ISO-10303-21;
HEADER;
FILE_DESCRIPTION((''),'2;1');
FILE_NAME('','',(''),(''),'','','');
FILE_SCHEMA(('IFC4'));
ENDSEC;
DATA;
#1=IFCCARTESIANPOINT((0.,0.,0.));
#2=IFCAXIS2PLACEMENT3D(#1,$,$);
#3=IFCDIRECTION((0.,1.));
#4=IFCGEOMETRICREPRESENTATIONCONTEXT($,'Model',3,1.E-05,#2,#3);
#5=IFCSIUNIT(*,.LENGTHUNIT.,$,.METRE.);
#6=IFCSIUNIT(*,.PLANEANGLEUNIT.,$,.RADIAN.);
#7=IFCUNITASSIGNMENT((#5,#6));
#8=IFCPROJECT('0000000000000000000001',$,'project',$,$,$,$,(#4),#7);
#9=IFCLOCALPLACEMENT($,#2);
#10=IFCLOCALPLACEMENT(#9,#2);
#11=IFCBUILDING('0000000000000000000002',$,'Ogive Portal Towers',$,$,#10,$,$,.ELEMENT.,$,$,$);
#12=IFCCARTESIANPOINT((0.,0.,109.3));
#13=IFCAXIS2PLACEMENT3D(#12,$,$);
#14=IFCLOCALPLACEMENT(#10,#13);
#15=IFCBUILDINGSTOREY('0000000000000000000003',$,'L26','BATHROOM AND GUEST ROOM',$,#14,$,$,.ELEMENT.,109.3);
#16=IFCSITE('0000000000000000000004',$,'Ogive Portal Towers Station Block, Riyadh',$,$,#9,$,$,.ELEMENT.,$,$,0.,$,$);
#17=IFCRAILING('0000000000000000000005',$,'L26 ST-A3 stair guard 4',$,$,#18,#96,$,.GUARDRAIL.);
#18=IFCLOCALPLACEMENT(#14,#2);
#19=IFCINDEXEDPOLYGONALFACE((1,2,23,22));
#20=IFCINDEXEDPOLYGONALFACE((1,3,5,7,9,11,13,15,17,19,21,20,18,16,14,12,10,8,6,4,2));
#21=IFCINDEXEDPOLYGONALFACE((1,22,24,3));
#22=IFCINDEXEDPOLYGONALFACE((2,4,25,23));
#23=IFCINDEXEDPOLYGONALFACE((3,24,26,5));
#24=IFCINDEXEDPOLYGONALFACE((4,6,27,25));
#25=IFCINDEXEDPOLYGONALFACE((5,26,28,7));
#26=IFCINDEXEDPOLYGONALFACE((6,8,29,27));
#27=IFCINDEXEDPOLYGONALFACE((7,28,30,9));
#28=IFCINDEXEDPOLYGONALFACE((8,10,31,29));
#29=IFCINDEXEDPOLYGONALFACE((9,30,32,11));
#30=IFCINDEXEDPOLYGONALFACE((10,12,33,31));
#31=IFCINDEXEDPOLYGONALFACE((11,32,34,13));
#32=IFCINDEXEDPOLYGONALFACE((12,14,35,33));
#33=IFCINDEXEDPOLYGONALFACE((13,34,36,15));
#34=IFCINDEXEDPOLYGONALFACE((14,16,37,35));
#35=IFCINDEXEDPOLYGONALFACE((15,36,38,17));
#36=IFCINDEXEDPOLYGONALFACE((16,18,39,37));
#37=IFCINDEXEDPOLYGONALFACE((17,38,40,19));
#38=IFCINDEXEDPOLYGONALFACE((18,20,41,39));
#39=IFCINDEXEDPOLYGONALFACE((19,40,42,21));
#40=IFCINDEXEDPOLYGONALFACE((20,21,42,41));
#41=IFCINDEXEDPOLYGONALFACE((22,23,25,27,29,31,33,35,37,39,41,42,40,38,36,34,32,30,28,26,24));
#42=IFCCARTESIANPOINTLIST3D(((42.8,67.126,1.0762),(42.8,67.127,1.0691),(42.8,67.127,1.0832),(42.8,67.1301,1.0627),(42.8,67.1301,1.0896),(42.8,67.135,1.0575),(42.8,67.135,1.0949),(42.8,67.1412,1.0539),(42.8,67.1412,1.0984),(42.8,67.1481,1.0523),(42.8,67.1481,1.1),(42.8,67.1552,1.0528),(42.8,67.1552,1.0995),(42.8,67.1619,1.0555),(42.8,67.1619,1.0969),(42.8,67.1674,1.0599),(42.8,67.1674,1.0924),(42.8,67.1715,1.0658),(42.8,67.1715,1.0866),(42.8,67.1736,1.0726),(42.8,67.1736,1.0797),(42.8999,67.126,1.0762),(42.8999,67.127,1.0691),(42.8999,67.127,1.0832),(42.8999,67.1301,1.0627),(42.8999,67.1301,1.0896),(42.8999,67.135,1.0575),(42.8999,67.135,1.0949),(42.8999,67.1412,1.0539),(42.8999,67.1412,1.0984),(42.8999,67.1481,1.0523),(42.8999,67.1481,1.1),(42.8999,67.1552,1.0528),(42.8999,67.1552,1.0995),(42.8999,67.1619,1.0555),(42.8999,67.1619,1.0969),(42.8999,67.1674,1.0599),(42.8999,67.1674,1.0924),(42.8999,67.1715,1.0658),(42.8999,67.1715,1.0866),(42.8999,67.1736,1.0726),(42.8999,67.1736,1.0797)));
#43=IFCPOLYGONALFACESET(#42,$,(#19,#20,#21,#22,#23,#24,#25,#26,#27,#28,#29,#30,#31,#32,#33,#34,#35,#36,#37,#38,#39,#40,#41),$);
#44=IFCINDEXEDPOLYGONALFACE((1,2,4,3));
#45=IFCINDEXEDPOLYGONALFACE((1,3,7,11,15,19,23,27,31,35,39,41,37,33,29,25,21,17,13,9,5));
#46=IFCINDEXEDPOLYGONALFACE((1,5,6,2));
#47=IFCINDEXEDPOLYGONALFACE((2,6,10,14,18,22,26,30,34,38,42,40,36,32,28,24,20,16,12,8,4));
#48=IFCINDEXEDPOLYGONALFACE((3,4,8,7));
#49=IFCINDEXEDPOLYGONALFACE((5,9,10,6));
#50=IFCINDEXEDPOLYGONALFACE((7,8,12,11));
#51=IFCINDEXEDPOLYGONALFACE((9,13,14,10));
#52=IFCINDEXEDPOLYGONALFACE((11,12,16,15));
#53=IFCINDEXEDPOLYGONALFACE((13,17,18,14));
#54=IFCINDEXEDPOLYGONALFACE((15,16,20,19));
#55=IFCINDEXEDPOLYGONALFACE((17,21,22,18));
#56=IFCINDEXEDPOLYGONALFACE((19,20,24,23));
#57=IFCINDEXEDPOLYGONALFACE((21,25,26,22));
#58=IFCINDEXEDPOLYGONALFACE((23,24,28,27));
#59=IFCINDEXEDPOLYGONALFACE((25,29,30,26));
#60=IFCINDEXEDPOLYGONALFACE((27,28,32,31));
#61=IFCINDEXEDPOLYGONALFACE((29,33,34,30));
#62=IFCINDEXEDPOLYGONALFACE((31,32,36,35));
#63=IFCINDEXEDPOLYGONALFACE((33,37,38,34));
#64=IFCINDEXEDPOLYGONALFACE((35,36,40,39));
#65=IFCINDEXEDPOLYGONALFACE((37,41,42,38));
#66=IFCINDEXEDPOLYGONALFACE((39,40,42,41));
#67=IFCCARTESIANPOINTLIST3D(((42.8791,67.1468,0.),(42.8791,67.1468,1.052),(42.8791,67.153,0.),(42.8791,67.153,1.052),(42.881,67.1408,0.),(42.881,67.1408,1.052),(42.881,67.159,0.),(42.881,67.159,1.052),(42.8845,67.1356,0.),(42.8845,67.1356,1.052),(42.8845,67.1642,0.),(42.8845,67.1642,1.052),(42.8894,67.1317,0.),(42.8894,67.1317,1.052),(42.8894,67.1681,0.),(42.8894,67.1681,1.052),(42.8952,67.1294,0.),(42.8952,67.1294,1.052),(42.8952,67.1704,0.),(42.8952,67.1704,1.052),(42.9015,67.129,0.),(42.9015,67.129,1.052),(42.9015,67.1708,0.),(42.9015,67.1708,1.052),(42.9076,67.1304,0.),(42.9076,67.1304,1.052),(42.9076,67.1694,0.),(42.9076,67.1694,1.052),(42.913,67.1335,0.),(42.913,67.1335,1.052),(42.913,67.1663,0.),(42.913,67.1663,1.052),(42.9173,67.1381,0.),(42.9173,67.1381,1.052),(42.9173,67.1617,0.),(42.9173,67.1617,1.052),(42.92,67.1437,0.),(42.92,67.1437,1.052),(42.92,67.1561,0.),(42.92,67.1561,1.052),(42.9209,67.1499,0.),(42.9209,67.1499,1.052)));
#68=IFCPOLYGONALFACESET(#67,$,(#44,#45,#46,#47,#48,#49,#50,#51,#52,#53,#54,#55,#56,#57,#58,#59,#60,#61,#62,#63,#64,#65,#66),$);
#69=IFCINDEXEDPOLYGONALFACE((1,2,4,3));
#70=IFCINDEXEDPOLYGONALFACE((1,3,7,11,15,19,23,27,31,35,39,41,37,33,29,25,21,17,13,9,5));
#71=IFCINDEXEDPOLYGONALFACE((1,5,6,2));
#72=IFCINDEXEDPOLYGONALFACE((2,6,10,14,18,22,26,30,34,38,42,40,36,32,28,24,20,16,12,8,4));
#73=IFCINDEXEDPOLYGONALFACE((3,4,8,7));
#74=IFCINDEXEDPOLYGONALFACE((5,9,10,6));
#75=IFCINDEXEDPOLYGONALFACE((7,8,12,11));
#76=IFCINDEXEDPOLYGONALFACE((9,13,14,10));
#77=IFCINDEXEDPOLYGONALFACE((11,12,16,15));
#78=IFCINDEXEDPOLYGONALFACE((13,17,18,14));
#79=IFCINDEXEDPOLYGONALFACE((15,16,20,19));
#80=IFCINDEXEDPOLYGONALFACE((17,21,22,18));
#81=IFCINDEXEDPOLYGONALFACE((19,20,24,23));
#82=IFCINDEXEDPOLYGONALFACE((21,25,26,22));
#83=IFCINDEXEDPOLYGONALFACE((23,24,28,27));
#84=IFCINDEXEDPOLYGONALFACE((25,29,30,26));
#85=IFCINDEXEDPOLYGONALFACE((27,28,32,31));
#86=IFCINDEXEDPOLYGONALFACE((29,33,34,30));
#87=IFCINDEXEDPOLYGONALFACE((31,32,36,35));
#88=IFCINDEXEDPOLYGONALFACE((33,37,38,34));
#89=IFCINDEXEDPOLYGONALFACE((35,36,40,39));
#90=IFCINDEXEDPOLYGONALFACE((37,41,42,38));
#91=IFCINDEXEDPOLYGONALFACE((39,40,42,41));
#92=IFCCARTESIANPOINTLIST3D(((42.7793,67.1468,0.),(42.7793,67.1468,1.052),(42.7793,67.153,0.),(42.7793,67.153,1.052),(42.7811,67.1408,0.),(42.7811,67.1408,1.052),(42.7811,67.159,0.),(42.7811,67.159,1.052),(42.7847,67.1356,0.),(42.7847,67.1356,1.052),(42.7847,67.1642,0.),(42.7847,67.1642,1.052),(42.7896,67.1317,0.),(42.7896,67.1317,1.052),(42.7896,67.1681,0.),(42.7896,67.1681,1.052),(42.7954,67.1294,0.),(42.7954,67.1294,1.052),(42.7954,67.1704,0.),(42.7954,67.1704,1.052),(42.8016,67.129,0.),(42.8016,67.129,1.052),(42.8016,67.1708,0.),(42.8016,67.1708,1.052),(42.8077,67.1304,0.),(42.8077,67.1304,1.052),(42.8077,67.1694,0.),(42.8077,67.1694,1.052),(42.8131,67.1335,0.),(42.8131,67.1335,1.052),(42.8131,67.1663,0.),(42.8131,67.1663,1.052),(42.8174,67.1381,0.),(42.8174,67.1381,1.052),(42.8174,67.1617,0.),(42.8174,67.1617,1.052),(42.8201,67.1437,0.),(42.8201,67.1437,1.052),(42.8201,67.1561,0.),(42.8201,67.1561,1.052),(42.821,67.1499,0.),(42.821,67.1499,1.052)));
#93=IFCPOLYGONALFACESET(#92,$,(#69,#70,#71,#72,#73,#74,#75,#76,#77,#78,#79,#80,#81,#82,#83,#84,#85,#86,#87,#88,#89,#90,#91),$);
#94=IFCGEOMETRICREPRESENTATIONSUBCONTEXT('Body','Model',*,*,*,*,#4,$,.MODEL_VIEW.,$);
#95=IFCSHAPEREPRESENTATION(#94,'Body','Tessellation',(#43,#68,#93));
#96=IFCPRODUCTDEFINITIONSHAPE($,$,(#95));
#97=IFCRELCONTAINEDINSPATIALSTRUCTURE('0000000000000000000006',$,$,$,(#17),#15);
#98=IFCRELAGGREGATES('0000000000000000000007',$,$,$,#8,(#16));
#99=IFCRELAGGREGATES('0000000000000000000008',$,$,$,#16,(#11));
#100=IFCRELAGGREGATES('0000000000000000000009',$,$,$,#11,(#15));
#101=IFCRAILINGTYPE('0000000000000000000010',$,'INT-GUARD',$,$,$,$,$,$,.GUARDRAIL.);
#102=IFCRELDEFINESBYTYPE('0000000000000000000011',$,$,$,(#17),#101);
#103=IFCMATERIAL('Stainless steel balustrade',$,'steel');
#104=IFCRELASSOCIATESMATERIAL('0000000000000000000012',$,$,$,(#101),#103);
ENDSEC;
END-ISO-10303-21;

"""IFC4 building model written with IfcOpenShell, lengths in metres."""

from ifc_helpers import new_model, si_unit, direction, frame, origin, origin_2d, place, context, subcontext, project, spatial, circle, extrude, material, type_object, element, save


model = new_model("IFC4")

# Units and contexts
model_context = context("Model", 3, precision=1e-05, world=origin(), true_north=direction((0.0, 1.0)))
body_context = subcontext(model_context, "Body", "Model", "MODEL_VIEW")
ifc_project = project(units=[si_unit("LENGTHUNIT", "METRE"), si_unit("PLANEANGLEUNIT", "RADIAN")], contexts=[model_context])

# Site, building, storey
site_placement = place(None, origin())
site = spatial("IfcSite", under=ifc_project, at=site_placement, Name="Ogive Portal Towers Station Block, Riyadh", CompositionType="ELEMENT", RefElevation=0.0)
building_placement = place(site_placement, origin())
building = spatial("IfcBuilding", under=site, at=building_placement, Name="Ogive Portal Towers", CompositionType="ELEMENT")
storey_placement = place(building_placement, frame((0.0, 0.0, 109.3)))
storey = spatial("IfcBuildingStorey", under=building, at=storey_placement, Name="L26", Description="BATHROOM AND GUEST ROOM", CompositionType="ELEMENT", Elevation=109.3)

# Railing
ifc_material_1 = material(Name="Stainless steel balustrade", Category="steel")
railing_type_1 = type_object("IfcRailingType", Name="INT-GUARD", PredefinedType="GUARDRAIL", material=ifc_material_1)
railing_1_placement = place(storey_placement, frame((42.8999, 67.1499, 0.0)))
element("IfcRailing", 1, at=railing_1_placement, inside=storey, type_object=railing_type_1, Name="L26 ST-A3 stair guard 4", PredefinedType="GUARDRAIL", context=body_context, shape_type="SweptSolid", body=[
    extrude(circle(Radius=0.0239, at=origin_2d()), frame((0.0, 0.0, 1.0762), z_axis=(-1.0, 0.0, 0.0), x_axis=(0.0, -1.0, 0.0)), (0.0, 0.0, 1.0), 0.0999),
    extrude(circle(Radius=0.021, at=origin_2d()), origin(), (0.0, 0.0, 1.0), 1.052),
    extrude(circle(Radius=0.021, at=origin_2d()), frame((-0.0999, 0.0, 0.0)), (0.0, 0.0, 1.0), 1.052),
])

save(model, "model.ifc")
